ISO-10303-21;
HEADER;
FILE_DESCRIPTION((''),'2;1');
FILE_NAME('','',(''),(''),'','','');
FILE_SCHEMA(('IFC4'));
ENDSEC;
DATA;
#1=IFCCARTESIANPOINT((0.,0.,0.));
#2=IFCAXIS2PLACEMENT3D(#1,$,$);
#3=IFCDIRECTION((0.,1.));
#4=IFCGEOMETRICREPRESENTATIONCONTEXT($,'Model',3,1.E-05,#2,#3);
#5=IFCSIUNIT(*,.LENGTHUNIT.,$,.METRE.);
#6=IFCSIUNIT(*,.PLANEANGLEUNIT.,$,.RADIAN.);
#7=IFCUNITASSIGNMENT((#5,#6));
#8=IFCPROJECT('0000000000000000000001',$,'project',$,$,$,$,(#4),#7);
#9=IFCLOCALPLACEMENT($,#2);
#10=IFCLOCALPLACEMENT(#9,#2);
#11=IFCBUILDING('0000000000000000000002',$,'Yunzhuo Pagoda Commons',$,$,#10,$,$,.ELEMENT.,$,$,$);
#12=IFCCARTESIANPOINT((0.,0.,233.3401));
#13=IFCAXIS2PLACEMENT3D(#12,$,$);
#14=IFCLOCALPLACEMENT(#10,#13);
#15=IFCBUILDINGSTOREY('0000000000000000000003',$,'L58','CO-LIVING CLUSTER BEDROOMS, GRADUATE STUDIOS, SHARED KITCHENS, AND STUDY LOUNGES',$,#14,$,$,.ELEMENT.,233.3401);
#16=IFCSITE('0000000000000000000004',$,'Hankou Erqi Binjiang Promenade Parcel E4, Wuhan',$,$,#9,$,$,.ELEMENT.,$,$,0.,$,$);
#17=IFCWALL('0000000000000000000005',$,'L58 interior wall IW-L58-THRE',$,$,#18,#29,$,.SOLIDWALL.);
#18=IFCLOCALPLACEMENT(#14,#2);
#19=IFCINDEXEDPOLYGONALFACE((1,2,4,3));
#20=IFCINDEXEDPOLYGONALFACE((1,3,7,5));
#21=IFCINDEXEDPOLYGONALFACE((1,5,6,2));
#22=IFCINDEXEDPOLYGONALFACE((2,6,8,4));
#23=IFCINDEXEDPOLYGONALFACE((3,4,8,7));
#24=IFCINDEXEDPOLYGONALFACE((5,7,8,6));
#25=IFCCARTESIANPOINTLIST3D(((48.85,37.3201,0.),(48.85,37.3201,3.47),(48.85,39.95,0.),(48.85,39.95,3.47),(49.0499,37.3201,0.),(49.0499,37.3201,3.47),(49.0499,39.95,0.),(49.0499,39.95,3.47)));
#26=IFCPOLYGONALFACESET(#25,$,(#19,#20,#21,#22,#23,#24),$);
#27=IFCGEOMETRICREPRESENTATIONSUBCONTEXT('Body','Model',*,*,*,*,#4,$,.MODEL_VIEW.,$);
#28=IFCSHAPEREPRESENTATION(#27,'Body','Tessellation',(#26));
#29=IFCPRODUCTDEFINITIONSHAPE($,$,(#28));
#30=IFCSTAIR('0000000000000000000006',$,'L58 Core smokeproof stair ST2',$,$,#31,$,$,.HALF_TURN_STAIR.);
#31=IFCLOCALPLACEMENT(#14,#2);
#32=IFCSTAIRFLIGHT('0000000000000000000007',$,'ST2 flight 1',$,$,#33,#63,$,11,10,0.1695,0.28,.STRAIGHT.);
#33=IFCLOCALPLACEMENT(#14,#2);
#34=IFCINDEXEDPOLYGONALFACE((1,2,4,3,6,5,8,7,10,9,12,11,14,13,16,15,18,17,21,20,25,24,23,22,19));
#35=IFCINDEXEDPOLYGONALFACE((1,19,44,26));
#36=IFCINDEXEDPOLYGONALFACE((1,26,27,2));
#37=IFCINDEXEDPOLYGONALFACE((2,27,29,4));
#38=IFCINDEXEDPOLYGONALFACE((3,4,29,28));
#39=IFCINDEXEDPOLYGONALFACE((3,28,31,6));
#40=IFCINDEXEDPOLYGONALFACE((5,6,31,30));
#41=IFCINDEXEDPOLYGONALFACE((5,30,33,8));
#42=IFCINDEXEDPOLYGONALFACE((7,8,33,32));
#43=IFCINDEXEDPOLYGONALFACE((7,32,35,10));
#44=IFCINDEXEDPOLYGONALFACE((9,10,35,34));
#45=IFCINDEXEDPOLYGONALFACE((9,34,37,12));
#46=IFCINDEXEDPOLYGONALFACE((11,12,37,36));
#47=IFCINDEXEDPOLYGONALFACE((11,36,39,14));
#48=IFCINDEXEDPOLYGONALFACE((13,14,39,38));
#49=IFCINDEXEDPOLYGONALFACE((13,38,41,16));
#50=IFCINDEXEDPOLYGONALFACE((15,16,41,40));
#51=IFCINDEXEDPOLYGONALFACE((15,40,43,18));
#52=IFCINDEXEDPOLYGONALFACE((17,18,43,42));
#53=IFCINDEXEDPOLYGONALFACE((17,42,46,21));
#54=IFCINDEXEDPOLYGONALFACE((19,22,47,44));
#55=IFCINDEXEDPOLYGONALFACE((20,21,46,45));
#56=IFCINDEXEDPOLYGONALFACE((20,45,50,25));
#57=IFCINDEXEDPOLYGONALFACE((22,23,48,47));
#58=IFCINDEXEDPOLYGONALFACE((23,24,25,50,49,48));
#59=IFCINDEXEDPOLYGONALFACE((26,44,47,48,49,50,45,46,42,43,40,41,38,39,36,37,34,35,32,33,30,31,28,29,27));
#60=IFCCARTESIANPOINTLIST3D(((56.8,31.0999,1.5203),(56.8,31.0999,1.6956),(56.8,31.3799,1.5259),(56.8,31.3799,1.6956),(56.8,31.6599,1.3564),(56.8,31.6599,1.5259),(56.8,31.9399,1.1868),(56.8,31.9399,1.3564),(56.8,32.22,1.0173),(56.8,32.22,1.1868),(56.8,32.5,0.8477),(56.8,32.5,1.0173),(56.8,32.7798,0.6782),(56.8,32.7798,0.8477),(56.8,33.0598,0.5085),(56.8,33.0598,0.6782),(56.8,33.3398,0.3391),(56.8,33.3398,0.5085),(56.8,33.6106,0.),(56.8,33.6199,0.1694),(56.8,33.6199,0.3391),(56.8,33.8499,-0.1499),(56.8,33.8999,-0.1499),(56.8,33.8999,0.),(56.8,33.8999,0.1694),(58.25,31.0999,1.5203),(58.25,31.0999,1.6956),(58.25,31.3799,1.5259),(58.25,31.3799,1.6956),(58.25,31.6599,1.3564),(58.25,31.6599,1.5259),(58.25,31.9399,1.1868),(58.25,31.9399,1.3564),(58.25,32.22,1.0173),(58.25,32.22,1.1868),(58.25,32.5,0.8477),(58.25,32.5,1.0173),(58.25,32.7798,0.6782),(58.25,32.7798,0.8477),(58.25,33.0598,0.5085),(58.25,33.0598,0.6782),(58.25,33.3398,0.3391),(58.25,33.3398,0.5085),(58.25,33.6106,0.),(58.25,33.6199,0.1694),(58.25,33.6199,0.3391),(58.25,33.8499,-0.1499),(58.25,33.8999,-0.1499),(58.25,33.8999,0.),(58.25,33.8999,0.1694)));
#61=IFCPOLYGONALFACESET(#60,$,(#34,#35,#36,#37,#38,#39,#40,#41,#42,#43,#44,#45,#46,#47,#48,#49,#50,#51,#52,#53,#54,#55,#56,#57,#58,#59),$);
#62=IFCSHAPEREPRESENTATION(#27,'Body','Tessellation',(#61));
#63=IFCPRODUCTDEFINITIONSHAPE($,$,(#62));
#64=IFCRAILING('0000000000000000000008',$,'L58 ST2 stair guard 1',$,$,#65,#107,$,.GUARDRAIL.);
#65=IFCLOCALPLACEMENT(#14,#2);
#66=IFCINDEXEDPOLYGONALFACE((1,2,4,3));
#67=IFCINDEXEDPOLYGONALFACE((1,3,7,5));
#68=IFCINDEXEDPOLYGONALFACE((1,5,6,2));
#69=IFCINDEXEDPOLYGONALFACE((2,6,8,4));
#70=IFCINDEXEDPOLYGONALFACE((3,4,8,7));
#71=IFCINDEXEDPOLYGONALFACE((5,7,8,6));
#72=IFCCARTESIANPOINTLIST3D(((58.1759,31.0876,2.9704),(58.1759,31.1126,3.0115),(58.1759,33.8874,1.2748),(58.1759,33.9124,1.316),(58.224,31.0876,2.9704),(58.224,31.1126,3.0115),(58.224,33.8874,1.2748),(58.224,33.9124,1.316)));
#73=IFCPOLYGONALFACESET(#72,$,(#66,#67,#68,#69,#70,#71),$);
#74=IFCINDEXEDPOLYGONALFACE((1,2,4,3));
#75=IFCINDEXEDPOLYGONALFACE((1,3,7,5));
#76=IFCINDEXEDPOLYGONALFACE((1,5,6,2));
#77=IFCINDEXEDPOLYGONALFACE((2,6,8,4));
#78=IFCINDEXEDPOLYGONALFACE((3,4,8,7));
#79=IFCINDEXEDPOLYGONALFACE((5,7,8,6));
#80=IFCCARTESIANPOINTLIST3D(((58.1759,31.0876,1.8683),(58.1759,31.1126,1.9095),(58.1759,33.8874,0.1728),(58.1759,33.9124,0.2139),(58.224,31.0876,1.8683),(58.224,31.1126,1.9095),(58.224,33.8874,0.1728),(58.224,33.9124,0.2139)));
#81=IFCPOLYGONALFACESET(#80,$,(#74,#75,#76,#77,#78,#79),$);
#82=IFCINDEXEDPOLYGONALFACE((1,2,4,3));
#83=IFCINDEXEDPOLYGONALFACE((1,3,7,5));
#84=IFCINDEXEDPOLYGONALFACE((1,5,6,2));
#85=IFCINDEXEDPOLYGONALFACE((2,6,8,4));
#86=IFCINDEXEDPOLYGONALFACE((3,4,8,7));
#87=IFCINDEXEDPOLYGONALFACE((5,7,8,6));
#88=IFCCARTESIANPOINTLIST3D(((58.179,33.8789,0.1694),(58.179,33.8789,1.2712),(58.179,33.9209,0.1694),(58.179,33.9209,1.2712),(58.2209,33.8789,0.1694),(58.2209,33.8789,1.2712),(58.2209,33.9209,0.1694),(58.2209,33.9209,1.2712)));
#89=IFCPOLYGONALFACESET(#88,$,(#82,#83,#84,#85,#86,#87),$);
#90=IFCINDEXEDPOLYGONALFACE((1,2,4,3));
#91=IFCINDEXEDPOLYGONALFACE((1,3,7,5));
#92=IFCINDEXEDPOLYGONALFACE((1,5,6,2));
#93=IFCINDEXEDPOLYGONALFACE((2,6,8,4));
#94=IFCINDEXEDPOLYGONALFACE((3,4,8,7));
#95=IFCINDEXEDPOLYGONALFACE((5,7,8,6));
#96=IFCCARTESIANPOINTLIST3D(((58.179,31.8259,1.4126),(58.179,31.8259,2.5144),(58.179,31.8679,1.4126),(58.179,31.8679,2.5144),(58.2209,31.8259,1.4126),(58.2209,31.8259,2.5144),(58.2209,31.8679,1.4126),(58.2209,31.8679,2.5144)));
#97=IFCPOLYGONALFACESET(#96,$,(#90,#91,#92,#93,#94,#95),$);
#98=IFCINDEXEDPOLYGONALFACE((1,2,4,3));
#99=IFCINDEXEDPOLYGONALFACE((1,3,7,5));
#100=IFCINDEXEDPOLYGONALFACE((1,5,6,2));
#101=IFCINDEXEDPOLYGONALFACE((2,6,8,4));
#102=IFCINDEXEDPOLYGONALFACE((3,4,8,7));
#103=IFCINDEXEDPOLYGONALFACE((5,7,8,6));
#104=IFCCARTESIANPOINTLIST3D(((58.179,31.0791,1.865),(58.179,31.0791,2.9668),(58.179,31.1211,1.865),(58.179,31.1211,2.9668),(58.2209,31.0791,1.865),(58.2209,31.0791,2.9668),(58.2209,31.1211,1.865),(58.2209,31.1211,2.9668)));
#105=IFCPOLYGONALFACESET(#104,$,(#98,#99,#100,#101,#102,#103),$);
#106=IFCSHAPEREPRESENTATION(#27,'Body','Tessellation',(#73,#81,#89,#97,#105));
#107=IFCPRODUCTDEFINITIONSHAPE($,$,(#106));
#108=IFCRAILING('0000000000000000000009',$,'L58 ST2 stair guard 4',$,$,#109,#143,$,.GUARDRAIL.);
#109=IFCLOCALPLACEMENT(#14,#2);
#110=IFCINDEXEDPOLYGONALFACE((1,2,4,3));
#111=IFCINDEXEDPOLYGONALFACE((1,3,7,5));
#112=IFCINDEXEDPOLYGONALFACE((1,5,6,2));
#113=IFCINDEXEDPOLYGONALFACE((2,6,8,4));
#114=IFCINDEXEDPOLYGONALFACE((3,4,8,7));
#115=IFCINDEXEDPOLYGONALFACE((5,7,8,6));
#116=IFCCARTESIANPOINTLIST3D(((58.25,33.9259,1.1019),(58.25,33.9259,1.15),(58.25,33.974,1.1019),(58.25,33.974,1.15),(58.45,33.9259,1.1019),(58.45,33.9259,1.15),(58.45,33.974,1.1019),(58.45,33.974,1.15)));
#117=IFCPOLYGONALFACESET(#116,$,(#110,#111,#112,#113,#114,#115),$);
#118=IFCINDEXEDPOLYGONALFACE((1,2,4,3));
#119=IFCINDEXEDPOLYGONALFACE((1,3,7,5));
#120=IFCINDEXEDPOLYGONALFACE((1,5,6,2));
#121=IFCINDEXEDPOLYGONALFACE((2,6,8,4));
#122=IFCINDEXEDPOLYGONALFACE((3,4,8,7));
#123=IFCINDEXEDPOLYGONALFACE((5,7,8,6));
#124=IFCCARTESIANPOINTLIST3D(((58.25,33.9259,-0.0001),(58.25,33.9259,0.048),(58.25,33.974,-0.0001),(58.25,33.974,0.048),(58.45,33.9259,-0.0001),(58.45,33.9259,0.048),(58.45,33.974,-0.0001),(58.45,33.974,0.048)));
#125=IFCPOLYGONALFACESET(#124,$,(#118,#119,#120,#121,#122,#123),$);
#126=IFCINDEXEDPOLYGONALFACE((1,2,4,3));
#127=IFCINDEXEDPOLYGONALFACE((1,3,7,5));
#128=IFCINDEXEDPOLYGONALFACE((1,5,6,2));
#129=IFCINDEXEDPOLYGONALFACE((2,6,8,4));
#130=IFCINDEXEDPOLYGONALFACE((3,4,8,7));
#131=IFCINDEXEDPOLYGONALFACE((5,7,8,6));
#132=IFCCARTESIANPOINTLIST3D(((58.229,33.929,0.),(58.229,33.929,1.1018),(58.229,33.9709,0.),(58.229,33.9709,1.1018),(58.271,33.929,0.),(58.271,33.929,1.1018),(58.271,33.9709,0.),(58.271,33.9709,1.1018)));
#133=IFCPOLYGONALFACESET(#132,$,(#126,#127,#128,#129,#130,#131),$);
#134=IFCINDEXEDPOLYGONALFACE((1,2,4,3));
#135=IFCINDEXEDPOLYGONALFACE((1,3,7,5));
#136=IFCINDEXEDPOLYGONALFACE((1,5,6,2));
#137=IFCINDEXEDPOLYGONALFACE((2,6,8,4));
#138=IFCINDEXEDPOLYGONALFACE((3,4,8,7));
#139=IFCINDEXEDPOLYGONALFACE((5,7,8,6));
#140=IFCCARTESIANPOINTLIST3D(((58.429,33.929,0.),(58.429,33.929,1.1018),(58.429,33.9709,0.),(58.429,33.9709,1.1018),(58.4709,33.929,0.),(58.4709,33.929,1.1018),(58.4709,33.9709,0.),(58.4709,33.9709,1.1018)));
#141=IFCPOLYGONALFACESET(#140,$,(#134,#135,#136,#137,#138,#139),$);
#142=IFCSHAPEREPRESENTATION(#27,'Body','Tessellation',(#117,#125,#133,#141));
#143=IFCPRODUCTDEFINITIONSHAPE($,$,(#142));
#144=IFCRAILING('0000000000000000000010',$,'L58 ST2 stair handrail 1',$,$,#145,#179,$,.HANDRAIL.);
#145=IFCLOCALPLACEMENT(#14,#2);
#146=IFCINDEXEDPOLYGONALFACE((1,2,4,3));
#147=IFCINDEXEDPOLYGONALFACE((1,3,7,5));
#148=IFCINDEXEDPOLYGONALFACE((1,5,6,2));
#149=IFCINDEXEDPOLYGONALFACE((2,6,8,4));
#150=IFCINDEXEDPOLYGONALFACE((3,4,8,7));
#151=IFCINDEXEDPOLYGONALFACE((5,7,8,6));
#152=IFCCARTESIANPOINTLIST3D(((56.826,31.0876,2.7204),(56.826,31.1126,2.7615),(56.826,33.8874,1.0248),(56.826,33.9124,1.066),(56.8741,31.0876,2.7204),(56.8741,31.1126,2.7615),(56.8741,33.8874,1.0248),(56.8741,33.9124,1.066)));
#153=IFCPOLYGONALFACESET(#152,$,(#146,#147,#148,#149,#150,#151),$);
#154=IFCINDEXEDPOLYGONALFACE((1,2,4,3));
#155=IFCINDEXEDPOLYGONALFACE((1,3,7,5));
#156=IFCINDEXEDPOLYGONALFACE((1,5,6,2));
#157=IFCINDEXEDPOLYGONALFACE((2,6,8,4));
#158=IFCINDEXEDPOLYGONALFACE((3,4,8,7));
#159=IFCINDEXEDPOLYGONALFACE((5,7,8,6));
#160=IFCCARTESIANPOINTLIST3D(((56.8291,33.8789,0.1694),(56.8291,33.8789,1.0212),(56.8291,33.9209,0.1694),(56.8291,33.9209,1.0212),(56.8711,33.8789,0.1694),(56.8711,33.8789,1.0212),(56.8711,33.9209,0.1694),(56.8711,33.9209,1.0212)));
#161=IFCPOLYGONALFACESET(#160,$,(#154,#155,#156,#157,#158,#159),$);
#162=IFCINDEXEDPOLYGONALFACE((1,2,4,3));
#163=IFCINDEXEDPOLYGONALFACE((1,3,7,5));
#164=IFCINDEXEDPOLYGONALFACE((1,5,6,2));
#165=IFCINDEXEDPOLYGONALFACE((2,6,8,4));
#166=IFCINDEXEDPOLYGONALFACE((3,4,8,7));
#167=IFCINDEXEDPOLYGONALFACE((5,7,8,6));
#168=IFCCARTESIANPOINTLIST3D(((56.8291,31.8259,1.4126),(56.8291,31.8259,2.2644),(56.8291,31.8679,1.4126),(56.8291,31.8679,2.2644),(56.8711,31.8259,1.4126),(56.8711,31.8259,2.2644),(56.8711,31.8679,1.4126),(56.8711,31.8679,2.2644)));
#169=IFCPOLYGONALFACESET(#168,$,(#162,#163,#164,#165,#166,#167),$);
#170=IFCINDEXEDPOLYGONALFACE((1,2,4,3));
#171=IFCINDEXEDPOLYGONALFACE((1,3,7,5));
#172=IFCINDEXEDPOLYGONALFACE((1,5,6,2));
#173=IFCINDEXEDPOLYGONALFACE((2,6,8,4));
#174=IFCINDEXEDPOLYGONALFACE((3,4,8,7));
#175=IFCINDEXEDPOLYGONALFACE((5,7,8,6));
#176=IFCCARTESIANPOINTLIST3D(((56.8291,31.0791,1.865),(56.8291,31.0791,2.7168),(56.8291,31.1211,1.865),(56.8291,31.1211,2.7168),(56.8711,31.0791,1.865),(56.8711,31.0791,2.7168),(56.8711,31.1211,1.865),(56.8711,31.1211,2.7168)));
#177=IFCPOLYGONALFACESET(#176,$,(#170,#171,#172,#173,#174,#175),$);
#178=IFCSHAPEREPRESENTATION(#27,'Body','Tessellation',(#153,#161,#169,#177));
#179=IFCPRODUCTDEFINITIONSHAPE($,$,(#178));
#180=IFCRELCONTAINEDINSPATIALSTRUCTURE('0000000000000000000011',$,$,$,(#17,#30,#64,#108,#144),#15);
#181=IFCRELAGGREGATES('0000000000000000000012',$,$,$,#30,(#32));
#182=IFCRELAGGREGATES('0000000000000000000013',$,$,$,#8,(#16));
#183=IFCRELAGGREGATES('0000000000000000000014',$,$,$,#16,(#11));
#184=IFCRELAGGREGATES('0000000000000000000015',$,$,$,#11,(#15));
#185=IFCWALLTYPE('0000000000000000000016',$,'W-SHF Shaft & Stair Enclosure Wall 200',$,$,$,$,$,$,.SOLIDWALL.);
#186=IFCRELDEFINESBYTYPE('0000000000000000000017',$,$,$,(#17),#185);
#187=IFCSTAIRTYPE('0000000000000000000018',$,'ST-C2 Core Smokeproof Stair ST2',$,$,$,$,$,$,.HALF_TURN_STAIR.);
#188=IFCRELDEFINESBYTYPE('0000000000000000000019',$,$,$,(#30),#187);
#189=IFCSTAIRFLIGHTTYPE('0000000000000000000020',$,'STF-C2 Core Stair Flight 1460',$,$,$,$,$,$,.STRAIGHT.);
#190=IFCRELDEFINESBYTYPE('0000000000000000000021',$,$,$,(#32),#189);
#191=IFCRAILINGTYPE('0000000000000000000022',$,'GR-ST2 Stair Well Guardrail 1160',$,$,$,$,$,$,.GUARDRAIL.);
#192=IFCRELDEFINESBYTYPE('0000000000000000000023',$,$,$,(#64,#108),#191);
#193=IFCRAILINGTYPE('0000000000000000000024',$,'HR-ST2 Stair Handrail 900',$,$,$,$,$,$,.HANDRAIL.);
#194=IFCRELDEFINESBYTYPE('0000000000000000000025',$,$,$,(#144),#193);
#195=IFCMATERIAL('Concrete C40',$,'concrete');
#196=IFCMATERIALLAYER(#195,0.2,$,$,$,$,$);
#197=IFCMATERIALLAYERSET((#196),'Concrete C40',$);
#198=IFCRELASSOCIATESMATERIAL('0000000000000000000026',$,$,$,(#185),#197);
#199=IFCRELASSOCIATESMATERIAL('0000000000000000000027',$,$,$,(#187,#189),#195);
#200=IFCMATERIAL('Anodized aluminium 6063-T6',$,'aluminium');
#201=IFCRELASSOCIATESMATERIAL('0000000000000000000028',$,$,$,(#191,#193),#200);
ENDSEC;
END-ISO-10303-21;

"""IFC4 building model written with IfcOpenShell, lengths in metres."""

from ifc_helpers import new_model, si_unit, direction, frame, frame_2d, origin, origin_2d, place, context, subcontext, project, spatial, polyline, rectangle, outline, extrude, source, transform, mapped, material, layer, layer_set, type_object, element, aggregate, save


model = new_model("IFC4")

# Units and contexts
model_context = context("Model", 3, precision=1e-05, world=origin(), true_north=direction((0.0, 1.0)))
body_context = subcontext(model_context, "Body", "Model", "MODEL_VIEW")
ifc_project = project(units=[si_unit("LENGTHUNIT", "METRE"), si_unit("PLANEANGLEUNIT", "RADIAN")], contexts=[model_context])

# Site, building, storey
site_placement = place(None, origin())
site = spatial("IfcSite", under=ifc_project, at=site_placement, Name="Hankou Erqi Binjiang Promenade Parcel E4, Wuhan", CompositionType="ELEMENT", RefElevation=0.0)
building_placement = place(site_placement, origin())
building = spatial("IfcBuilding", under=site, at=building_placement, Name="Yunzhuo Pagoda Commons", CompositionType="ELEMENT")
storey_placement = place(building_placement, frame((0.0, 0.0, 233.3401)))
storey = spatial("IfcBuildingStorey", under=building, at=storey_placement, Name="L58", Description="CO-LIVING CLUSTER BEDROOMS, GRADUATE STUDIOS, SHARED KITCHENS, AND STUDY LOUNGES", CompositionType="ELEMENT", Elevation=233.3401)

# Shared definitions
ifc_material_1 = material(Name="Concrete C40", Category="concrete")
ifc_layer_1 = layer(ifc_material_1, 0.2)
ifc_layer_set_1 = layer_set([ifc_layer_1], Name="Concrete C40")
wall_type_1 = type_object("IfcWallType", Name="W-SHF Shaft & Stair Enclosure Wall 200", PredefinedType="SOLIDWALL", material=ifc_layer_set_1)

# Wall
wall_1_placement = place(storey_placement, frame((48.95, 37.3201, 0.0), z_axis=(0.0, 0.0, 1.0), x_axis=(0.0, 1.0, 0.0)))
element("IfcWall", 1, at=wall_1_placement, inside=storey, type_object=wall_type_1, Name="L58 interior wall IW-L58-THRE", PredefinedType="SOLIDWALL", context=body_context, shape_type="SweptSolid", body=[
    extrude(rectangle(XDim=2.6299, YDim=0.2, at=frame_2d((1.3149, 0.0))), origin(), (0.0, 0.0, 1.0), 3.47),
])

# Stair, stair flight
stair_type = type_object("IfcStairType", Name="ST-C2 Core Smokeproof Stair ST2", PredefinedType="HALF_TURN_STAIR", material=ifc_material_1)
stair_placement = place(storey_placement, origin())
stair = element("IfcStair", 2, at=stair_placement, inside=storey, type_object=stair_type, Name="L58 Core smokeproof stair ST2", PredefinedType="HALF_TURN_STAIR")
stair_flight_type = type_object("IfcStairFlightType", Name="STF-C2 Core Stair Flight 1460", PredefinedType="STRAIGHT", material=ifc_material_1)
shared_shape_1 = source(origin(), body_context, "Body", "SweptSolid", [
    extrude(outline(polyline([(0.0, -0.1499), (0.0, 0.0), (0.0, 0.1694), (0.28, 0.1694), (0.28, 0.3391), (0.5601, 0.3391), (0.5601, 0.5085), (0.8401, 0.5085), (0.8401, 0.6782), (1.1201, 0.6782), (1.1201, 0.8477), (1.3999, 0.8477), (1.3999, 1.0173), (1.6799, 1.0173), (1.6799, 1.1868), (1.96, 1.1868), (1.96, 1.3564), (2.24, 1.3564), (2.24, 1.5259), (2.52, 1.5259), (2.52, 1.6956), (2.8, 1.6956), (2.8, 1.865), (2.8, 1.5203), (0.2893, 0.0), (0.05, -0.1499), (0.0, -0.1499)])), frame((0.0, 0.7251, 0.0), z_axis=(0.0, -1.0, 0.0), x_axis=(1.0, 0.0, 0.0)), (0.0, 0.0, 1.0), 1.45),
])
stair_flight_placement = place(storey_placement, frame((57.5249, 33.8999, 0.0), z_axis=(0.0, 0.0, 1.0), x_axis=(0.0, -1.0, 0.0)))
stair_flight = element("IfcStairFlight", 3, at=stair_flight_placement, type_object=stair_flight_type, Name="ST2 flight 1", NumberOfRisers=11, NumberOfTreads=10, PredefinedType="STRAIGHT", RiserHeight=0.1695, TreadLength=0.28, context=body_context, shape_type="MappedRepresentation", body=[
    mapped(shared_shape_1, transform((0.0, 0.0, 0.0), scale=1.0)),
])
aggregate(stair, [stair_flight])

# Railings
ifc_material_2 = material(Name="Anodized aluminium 6063-T6", Category="aluminium")
railing_type_1 = type_object("IfcRailingType", Name="GR-ST2 Stair Well Guardrail 1160", PredefinedType="GUARDRAIL", material=ifc_material_2)
railing_1_placement = place(storey_placement, frame((58.2, 33.8999, 0.1694)))
element("IfcRailing", 4, at=railing_1_placement, inside=storey, type_object=railing_type_1, Name="L58 ST2 stair guard 1", PredefinedType="GUARDRAIL", context=body_context, shape_type="SweptSolid", body=[
    extrude(rectangle(XDim=0.0481, YDim=0.0481, at=origin_2d()), frame((0.0, 0.0, 1.126), z_axis=(0.0, -0.855373, 0.518012), x_axis=(1.0, 0.0, 0.0)), (0.0, 0.0, 1.0), 3.2732),
    extrude(rectangle(XDim=0.0481, YDim=0.0481, at=origin_2d()), frame((0.0, 0.0, 0.0239), z_axis=(0.0, -0.855373, 0.518012), x_axis=(1.0, 0.0, 0.0)), (0.0, 0.0, 1.0), 3.2732),
    extrude(rectangle(XDim=0.042, YDim=0.042, at=origin_2d()), origin(), (0.0, 0.0, 1.0), 1.1018),
    extrude(rectangle(XDim=0.042, YDim=0.042, at=origin_2d()), frame((0.0, -2.053, 1.2432)), (0.0, 0.0, 1.0), 1.1018),
    extrude(rectangle(XDim=0.042, YDim=0.042, at=origin_2d()), frame((0.0, -2.7998, 1.6956)), (0.0, 0.0, 1.0), 1.1018),
])
railing_2_placement = place(storey_placement, frame((58.25, 33.95, 0.0)))
element("IfcRailing", 5, at=railing_2_placement, inside=storey, type_object=railing_type_1, Name="L58 ST2 stair guard 4", PredefinedType="GUARDRAIL", context=body_context, shape_type="SweptSolid", body=[
    extrude(rectangle(XDim=0.0481, YDim=0.0481, at=origin_2d()), frame((0.0, 0.0, 1.126), z_axis=(1.0, 0.0, 0.0), x_axis=(0.0, 1.0, 0.0)), (0.0, 0.0, 1.0), 0.2),
    extrude(rectangle(XDim=0.0481, YDim=0.0481, at=origin_2d()), frame((0.0, 0.0, 0.0239), z_axis=(1.0, 0.0, 0.0), x_axis=(0.0, 1.0, 0.0)), (0.0, 0.0, 1.0), 0.2),
    extrude(rectangle(XDim=0.042, YDim=0.042, at=origin_2d()), origin(), (0.0, 0.0, 1.0), 1.1018),
    extrude(rectangle(XDim=0.042, YDim=0.042, at=origin_2d()), frame((0.2, 0.0, 0.0)), (0.0, 0.0, 1.0), 1.1018),
])
railing_type_2 = type_object("IfcRailingType", Name="HR-ST2 Stair Handrail 900", PredefinedType="HANDRAIL", material=ifc_material_2)
railing_3_placement = place(storey_placement, frame((56.8501, 33.8999, 0.1694)))
element("IfcRailing", 6, at=railing_3_placement, inside=storey, type_object=railing_type_2, Name="L58 ST2 stair handrail 1", PredefinedType="HANDRAIL", context=body_context, shape_type="SweptSolid", body=[
    extrude(rectangle(XDim=0.0481, YDim=0.0481, at=origin_2d()), frame((0.0, 0.0, 0.876), z_axis=(0.0, -0.855373, 0.518012), x_axis=(1.0, 0.0, 0.0)), (0.0, 0.0, 1.0), 3.2732),
    extrude(rectangle(XDim=0.042, YDim=0.042, at=origin_2d()), origin(), (0.0, 0.0, 1.0), 0.8518),
    extrude(rectangle(XDim=0.042, YDim=0.042, at=origin_2d()), frame((0.0, -2.053, 1.2432)), (0.0, 0.0, 1.0), 0.8518),
    extrude(rectangle(XDim=0.042, YDim=0.042, at=origin_2d()), frame((0.0, -2.7998, 1.6956)), (0.0, 0.0, 1.0), 0.8518),
])

save(model, "model.ifc")
